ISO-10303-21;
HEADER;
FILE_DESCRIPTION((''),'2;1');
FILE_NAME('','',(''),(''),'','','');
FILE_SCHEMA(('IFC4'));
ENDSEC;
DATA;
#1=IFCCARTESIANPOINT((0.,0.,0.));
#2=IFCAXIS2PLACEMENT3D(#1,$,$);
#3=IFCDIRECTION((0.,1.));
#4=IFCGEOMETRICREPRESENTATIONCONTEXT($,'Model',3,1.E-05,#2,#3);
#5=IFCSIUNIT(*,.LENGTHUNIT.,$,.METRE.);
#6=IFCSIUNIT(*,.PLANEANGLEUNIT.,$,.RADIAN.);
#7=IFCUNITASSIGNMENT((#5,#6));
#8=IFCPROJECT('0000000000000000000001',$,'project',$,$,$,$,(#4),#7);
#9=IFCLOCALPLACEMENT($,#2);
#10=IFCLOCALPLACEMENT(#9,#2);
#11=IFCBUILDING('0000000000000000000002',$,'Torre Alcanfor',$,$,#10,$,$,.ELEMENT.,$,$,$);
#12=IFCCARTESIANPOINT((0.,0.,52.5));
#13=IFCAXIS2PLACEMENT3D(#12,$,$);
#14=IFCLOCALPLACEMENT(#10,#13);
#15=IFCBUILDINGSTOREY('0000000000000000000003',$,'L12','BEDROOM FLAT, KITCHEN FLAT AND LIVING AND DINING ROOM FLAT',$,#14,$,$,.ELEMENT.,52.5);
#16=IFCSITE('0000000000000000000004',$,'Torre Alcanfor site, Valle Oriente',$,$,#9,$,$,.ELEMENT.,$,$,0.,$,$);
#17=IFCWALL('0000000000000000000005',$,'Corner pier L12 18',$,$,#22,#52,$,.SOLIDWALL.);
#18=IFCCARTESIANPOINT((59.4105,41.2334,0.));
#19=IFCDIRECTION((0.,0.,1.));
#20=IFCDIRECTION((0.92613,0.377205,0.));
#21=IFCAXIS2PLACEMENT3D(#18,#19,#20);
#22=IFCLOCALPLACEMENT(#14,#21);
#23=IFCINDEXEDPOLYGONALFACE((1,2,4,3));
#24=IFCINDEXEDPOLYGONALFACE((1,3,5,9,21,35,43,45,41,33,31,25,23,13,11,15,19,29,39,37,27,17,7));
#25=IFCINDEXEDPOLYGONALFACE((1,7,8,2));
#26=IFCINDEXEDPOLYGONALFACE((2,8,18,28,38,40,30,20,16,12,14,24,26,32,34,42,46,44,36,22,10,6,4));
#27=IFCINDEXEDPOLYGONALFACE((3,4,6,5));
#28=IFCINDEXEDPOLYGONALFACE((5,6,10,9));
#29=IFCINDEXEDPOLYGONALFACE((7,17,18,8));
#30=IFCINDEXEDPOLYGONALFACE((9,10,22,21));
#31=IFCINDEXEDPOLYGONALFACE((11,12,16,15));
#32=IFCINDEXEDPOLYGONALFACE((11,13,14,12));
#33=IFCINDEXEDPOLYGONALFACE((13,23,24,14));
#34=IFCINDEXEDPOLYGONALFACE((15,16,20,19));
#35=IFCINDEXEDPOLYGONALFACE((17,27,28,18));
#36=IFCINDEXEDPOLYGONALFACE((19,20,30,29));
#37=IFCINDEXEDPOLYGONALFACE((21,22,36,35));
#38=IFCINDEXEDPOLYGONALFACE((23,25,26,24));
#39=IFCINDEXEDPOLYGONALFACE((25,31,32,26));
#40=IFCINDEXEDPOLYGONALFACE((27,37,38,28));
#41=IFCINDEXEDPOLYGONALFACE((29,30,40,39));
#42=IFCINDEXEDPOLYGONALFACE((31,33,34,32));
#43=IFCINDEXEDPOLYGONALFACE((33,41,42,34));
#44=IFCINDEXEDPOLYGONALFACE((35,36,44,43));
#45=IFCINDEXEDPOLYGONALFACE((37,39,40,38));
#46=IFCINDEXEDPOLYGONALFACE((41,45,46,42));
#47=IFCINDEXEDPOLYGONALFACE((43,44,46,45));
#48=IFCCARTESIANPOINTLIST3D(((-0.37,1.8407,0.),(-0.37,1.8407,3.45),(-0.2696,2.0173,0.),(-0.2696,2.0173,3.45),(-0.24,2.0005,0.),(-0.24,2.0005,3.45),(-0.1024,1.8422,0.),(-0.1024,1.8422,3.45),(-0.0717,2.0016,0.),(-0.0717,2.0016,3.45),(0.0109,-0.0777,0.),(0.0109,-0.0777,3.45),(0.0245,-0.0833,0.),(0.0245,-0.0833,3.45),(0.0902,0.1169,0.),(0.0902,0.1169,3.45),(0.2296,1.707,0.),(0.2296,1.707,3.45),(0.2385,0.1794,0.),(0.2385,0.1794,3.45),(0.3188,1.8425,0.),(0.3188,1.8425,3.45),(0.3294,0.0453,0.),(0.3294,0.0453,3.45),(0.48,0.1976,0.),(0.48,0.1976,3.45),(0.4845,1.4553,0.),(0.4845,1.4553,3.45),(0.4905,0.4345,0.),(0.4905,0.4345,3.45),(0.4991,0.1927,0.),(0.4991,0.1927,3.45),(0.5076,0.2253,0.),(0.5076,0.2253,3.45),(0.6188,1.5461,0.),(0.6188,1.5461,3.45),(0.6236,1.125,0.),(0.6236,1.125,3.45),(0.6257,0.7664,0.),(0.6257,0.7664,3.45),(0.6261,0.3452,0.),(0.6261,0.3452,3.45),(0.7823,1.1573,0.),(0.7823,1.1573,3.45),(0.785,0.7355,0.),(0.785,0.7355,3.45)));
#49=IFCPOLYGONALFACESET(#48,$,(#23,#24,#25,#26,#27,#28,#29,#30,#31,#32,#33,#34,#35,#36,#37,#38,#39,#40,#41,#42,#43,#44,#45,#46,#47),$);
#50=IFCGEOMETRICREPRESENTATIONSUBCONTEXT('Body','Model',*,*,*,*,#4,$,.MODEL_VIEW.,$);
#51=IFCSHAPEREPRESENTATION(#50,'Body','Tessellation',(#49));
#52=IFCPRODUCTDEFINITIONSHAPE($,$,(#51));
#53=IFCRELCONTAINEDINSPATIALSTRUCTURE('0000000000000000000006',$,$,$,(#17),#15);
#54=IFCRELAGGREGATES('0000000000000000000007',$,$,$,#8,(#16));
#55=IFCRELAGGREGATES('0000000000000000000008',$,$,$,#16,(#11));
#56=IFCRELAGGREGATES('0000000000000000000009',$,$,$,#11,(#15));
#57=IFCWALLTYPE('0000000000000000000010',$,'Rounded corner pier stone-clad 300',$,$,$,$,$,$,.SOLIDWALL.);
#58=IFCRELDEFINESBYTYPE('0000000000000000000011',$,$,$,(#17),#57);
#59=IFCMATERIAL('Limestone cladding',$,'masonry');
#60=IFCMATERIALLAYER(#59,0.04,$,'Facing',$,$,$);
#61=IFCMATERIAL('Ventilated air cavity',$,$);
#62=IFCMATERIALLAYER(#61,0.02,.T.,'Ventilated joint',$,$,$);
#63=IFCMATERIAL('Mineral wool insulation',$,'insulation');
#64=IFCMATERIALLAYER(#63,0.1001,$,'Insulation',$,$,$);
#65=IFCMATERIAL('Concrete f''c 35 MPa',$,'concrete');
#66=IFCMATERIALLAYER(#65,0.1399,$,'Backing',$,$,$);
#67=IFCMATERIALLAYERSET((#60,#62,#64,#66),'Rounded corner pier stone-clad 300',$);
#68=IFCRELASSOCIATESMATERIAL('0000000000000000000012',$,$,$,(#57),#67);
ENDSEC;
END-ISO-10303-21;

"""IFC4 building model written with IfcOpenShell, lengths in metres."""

from ifc_helpers import new_model, si_unit, direction, frame, origin, place, context, subcontext, project, spatial, polyline, outline, extrude, material, layer, layer_set, type_object, element, save


model = new_model("IFC4")

# Units and contexts
model_context = context("Model", 3, precision=1e-05, world=origin(), true_north=direction((0.0, 1.0)))
body_context = subcontext(model_context, "Body", "Model", "MODEL_VIEW")
ifc_project = project(units=[si_unit("LENGTHUNIT", "METRE"), si_unit("PLANEANGLEUNIT", "RADIAN")], contexts=[model_context])

# Site, building, storey
site_placement = place(None, origin())
site = spatial("IfcSite", under=ifc_project, at=site_placement, Name="Torre Alcanfor site, Valle Oriente", CompositionType="ELEMENT", RefElevation=0.0)
building_placement = place(site_placement, origin())
building = spatial("IfcBuilding", under=site, at=building_placement, Name="Torre Alcanfor", CompositionType="ELEMENT")
storey_placement = place(building_placement, frame((0.0, 0.0, 52.5)))
storey = spatial("IfcBuildingStorey", under=building, at=storey_placement, Name="L12", Description="BEDROOM FLAT, KITCHEN FLAT AND LIVING AND DINING ROOM FLAT", CompositionType="ELEMENT", Elevation=52.5)

# Wall
ifc_material_1 = material(Name="Limestone cladding", Category="masonry")
ifc_layer_1 = layer(ifc_material_1, 0.04, Name="Facing")
ifc_material_2 = material(Name="Ventilated air cavity")
ifc_layer_2 = layer(ifc_material_2, 0.02, ventilated=True, Name="Ventilated joint")
ifc_material_3 = material(Name="Mineral wool insulation", Category="insulation")
ifc_layer_3 = layer(ifc_material_3, 0.1001, Name="Insulation")
ifc_material_4 = material(Name="Concrete f'c 35 MPa", Category="concrete")
ifc_layer_4 = layer(ifc_material_4, 0.1399, Name="Backing")
ifc_layer_set_1 = layer_set([ifc_layer_1, ifc_layer_2, ifc_layer_3, ifc_layer_4], Name="Rounded corner pier stone-clad 300")
wall_type_1 = type_object("IfcWallType", Name="Rounded corner pier stone-clad 300", PredefinedType="SOLIDWALL", material=ifc_layer_set_1)
wall_1_placement = place(storey_placement, frame((59.4105, 41.2334, 0.0), z_axis=(0.0, 0.0, 1.0), x_axis=(0.92613, 0.377205, 0.0)))
element("IfcWall", 1, at=wall_1_placement, inside=storey, type_object=wall_type_1, Name="Corner pier L12 18", PredefinedType="SOLIDWALL", context=body_context, shape_type="SweptSolid", body=[
    extrude(outline(polyline([(0.6261, 0.3452), (0.785, 0.7355), (0.7823, 1.1573), (0.6188, 1.5461), (0.3188, 1.8425), (-0.0717, 2.0016), (-0.24, 2.0005), (-0.2696, 2.0173), (-0.37, 1.8407), (-0.1024, 1.8422), (0.2296, 1.707), (0.4845, 1.4553), (0.6236, 1.125), (0.6257, 0.7664), (0.4905, 0.4345), (0.2385, 0.1794), (0.0902, 0.1169), (0.0109, -0.0777), (0.0245, -0.0833), (0.3294, 0.0453), (0.48, 0.1976), (0.4991, 0.1927), (0.5076, 0.2253), (0.6261, 0.3452)])), origin(), (0.0, 0.0, 1.0), 3.45),
])

save(model, "model.ifc")
